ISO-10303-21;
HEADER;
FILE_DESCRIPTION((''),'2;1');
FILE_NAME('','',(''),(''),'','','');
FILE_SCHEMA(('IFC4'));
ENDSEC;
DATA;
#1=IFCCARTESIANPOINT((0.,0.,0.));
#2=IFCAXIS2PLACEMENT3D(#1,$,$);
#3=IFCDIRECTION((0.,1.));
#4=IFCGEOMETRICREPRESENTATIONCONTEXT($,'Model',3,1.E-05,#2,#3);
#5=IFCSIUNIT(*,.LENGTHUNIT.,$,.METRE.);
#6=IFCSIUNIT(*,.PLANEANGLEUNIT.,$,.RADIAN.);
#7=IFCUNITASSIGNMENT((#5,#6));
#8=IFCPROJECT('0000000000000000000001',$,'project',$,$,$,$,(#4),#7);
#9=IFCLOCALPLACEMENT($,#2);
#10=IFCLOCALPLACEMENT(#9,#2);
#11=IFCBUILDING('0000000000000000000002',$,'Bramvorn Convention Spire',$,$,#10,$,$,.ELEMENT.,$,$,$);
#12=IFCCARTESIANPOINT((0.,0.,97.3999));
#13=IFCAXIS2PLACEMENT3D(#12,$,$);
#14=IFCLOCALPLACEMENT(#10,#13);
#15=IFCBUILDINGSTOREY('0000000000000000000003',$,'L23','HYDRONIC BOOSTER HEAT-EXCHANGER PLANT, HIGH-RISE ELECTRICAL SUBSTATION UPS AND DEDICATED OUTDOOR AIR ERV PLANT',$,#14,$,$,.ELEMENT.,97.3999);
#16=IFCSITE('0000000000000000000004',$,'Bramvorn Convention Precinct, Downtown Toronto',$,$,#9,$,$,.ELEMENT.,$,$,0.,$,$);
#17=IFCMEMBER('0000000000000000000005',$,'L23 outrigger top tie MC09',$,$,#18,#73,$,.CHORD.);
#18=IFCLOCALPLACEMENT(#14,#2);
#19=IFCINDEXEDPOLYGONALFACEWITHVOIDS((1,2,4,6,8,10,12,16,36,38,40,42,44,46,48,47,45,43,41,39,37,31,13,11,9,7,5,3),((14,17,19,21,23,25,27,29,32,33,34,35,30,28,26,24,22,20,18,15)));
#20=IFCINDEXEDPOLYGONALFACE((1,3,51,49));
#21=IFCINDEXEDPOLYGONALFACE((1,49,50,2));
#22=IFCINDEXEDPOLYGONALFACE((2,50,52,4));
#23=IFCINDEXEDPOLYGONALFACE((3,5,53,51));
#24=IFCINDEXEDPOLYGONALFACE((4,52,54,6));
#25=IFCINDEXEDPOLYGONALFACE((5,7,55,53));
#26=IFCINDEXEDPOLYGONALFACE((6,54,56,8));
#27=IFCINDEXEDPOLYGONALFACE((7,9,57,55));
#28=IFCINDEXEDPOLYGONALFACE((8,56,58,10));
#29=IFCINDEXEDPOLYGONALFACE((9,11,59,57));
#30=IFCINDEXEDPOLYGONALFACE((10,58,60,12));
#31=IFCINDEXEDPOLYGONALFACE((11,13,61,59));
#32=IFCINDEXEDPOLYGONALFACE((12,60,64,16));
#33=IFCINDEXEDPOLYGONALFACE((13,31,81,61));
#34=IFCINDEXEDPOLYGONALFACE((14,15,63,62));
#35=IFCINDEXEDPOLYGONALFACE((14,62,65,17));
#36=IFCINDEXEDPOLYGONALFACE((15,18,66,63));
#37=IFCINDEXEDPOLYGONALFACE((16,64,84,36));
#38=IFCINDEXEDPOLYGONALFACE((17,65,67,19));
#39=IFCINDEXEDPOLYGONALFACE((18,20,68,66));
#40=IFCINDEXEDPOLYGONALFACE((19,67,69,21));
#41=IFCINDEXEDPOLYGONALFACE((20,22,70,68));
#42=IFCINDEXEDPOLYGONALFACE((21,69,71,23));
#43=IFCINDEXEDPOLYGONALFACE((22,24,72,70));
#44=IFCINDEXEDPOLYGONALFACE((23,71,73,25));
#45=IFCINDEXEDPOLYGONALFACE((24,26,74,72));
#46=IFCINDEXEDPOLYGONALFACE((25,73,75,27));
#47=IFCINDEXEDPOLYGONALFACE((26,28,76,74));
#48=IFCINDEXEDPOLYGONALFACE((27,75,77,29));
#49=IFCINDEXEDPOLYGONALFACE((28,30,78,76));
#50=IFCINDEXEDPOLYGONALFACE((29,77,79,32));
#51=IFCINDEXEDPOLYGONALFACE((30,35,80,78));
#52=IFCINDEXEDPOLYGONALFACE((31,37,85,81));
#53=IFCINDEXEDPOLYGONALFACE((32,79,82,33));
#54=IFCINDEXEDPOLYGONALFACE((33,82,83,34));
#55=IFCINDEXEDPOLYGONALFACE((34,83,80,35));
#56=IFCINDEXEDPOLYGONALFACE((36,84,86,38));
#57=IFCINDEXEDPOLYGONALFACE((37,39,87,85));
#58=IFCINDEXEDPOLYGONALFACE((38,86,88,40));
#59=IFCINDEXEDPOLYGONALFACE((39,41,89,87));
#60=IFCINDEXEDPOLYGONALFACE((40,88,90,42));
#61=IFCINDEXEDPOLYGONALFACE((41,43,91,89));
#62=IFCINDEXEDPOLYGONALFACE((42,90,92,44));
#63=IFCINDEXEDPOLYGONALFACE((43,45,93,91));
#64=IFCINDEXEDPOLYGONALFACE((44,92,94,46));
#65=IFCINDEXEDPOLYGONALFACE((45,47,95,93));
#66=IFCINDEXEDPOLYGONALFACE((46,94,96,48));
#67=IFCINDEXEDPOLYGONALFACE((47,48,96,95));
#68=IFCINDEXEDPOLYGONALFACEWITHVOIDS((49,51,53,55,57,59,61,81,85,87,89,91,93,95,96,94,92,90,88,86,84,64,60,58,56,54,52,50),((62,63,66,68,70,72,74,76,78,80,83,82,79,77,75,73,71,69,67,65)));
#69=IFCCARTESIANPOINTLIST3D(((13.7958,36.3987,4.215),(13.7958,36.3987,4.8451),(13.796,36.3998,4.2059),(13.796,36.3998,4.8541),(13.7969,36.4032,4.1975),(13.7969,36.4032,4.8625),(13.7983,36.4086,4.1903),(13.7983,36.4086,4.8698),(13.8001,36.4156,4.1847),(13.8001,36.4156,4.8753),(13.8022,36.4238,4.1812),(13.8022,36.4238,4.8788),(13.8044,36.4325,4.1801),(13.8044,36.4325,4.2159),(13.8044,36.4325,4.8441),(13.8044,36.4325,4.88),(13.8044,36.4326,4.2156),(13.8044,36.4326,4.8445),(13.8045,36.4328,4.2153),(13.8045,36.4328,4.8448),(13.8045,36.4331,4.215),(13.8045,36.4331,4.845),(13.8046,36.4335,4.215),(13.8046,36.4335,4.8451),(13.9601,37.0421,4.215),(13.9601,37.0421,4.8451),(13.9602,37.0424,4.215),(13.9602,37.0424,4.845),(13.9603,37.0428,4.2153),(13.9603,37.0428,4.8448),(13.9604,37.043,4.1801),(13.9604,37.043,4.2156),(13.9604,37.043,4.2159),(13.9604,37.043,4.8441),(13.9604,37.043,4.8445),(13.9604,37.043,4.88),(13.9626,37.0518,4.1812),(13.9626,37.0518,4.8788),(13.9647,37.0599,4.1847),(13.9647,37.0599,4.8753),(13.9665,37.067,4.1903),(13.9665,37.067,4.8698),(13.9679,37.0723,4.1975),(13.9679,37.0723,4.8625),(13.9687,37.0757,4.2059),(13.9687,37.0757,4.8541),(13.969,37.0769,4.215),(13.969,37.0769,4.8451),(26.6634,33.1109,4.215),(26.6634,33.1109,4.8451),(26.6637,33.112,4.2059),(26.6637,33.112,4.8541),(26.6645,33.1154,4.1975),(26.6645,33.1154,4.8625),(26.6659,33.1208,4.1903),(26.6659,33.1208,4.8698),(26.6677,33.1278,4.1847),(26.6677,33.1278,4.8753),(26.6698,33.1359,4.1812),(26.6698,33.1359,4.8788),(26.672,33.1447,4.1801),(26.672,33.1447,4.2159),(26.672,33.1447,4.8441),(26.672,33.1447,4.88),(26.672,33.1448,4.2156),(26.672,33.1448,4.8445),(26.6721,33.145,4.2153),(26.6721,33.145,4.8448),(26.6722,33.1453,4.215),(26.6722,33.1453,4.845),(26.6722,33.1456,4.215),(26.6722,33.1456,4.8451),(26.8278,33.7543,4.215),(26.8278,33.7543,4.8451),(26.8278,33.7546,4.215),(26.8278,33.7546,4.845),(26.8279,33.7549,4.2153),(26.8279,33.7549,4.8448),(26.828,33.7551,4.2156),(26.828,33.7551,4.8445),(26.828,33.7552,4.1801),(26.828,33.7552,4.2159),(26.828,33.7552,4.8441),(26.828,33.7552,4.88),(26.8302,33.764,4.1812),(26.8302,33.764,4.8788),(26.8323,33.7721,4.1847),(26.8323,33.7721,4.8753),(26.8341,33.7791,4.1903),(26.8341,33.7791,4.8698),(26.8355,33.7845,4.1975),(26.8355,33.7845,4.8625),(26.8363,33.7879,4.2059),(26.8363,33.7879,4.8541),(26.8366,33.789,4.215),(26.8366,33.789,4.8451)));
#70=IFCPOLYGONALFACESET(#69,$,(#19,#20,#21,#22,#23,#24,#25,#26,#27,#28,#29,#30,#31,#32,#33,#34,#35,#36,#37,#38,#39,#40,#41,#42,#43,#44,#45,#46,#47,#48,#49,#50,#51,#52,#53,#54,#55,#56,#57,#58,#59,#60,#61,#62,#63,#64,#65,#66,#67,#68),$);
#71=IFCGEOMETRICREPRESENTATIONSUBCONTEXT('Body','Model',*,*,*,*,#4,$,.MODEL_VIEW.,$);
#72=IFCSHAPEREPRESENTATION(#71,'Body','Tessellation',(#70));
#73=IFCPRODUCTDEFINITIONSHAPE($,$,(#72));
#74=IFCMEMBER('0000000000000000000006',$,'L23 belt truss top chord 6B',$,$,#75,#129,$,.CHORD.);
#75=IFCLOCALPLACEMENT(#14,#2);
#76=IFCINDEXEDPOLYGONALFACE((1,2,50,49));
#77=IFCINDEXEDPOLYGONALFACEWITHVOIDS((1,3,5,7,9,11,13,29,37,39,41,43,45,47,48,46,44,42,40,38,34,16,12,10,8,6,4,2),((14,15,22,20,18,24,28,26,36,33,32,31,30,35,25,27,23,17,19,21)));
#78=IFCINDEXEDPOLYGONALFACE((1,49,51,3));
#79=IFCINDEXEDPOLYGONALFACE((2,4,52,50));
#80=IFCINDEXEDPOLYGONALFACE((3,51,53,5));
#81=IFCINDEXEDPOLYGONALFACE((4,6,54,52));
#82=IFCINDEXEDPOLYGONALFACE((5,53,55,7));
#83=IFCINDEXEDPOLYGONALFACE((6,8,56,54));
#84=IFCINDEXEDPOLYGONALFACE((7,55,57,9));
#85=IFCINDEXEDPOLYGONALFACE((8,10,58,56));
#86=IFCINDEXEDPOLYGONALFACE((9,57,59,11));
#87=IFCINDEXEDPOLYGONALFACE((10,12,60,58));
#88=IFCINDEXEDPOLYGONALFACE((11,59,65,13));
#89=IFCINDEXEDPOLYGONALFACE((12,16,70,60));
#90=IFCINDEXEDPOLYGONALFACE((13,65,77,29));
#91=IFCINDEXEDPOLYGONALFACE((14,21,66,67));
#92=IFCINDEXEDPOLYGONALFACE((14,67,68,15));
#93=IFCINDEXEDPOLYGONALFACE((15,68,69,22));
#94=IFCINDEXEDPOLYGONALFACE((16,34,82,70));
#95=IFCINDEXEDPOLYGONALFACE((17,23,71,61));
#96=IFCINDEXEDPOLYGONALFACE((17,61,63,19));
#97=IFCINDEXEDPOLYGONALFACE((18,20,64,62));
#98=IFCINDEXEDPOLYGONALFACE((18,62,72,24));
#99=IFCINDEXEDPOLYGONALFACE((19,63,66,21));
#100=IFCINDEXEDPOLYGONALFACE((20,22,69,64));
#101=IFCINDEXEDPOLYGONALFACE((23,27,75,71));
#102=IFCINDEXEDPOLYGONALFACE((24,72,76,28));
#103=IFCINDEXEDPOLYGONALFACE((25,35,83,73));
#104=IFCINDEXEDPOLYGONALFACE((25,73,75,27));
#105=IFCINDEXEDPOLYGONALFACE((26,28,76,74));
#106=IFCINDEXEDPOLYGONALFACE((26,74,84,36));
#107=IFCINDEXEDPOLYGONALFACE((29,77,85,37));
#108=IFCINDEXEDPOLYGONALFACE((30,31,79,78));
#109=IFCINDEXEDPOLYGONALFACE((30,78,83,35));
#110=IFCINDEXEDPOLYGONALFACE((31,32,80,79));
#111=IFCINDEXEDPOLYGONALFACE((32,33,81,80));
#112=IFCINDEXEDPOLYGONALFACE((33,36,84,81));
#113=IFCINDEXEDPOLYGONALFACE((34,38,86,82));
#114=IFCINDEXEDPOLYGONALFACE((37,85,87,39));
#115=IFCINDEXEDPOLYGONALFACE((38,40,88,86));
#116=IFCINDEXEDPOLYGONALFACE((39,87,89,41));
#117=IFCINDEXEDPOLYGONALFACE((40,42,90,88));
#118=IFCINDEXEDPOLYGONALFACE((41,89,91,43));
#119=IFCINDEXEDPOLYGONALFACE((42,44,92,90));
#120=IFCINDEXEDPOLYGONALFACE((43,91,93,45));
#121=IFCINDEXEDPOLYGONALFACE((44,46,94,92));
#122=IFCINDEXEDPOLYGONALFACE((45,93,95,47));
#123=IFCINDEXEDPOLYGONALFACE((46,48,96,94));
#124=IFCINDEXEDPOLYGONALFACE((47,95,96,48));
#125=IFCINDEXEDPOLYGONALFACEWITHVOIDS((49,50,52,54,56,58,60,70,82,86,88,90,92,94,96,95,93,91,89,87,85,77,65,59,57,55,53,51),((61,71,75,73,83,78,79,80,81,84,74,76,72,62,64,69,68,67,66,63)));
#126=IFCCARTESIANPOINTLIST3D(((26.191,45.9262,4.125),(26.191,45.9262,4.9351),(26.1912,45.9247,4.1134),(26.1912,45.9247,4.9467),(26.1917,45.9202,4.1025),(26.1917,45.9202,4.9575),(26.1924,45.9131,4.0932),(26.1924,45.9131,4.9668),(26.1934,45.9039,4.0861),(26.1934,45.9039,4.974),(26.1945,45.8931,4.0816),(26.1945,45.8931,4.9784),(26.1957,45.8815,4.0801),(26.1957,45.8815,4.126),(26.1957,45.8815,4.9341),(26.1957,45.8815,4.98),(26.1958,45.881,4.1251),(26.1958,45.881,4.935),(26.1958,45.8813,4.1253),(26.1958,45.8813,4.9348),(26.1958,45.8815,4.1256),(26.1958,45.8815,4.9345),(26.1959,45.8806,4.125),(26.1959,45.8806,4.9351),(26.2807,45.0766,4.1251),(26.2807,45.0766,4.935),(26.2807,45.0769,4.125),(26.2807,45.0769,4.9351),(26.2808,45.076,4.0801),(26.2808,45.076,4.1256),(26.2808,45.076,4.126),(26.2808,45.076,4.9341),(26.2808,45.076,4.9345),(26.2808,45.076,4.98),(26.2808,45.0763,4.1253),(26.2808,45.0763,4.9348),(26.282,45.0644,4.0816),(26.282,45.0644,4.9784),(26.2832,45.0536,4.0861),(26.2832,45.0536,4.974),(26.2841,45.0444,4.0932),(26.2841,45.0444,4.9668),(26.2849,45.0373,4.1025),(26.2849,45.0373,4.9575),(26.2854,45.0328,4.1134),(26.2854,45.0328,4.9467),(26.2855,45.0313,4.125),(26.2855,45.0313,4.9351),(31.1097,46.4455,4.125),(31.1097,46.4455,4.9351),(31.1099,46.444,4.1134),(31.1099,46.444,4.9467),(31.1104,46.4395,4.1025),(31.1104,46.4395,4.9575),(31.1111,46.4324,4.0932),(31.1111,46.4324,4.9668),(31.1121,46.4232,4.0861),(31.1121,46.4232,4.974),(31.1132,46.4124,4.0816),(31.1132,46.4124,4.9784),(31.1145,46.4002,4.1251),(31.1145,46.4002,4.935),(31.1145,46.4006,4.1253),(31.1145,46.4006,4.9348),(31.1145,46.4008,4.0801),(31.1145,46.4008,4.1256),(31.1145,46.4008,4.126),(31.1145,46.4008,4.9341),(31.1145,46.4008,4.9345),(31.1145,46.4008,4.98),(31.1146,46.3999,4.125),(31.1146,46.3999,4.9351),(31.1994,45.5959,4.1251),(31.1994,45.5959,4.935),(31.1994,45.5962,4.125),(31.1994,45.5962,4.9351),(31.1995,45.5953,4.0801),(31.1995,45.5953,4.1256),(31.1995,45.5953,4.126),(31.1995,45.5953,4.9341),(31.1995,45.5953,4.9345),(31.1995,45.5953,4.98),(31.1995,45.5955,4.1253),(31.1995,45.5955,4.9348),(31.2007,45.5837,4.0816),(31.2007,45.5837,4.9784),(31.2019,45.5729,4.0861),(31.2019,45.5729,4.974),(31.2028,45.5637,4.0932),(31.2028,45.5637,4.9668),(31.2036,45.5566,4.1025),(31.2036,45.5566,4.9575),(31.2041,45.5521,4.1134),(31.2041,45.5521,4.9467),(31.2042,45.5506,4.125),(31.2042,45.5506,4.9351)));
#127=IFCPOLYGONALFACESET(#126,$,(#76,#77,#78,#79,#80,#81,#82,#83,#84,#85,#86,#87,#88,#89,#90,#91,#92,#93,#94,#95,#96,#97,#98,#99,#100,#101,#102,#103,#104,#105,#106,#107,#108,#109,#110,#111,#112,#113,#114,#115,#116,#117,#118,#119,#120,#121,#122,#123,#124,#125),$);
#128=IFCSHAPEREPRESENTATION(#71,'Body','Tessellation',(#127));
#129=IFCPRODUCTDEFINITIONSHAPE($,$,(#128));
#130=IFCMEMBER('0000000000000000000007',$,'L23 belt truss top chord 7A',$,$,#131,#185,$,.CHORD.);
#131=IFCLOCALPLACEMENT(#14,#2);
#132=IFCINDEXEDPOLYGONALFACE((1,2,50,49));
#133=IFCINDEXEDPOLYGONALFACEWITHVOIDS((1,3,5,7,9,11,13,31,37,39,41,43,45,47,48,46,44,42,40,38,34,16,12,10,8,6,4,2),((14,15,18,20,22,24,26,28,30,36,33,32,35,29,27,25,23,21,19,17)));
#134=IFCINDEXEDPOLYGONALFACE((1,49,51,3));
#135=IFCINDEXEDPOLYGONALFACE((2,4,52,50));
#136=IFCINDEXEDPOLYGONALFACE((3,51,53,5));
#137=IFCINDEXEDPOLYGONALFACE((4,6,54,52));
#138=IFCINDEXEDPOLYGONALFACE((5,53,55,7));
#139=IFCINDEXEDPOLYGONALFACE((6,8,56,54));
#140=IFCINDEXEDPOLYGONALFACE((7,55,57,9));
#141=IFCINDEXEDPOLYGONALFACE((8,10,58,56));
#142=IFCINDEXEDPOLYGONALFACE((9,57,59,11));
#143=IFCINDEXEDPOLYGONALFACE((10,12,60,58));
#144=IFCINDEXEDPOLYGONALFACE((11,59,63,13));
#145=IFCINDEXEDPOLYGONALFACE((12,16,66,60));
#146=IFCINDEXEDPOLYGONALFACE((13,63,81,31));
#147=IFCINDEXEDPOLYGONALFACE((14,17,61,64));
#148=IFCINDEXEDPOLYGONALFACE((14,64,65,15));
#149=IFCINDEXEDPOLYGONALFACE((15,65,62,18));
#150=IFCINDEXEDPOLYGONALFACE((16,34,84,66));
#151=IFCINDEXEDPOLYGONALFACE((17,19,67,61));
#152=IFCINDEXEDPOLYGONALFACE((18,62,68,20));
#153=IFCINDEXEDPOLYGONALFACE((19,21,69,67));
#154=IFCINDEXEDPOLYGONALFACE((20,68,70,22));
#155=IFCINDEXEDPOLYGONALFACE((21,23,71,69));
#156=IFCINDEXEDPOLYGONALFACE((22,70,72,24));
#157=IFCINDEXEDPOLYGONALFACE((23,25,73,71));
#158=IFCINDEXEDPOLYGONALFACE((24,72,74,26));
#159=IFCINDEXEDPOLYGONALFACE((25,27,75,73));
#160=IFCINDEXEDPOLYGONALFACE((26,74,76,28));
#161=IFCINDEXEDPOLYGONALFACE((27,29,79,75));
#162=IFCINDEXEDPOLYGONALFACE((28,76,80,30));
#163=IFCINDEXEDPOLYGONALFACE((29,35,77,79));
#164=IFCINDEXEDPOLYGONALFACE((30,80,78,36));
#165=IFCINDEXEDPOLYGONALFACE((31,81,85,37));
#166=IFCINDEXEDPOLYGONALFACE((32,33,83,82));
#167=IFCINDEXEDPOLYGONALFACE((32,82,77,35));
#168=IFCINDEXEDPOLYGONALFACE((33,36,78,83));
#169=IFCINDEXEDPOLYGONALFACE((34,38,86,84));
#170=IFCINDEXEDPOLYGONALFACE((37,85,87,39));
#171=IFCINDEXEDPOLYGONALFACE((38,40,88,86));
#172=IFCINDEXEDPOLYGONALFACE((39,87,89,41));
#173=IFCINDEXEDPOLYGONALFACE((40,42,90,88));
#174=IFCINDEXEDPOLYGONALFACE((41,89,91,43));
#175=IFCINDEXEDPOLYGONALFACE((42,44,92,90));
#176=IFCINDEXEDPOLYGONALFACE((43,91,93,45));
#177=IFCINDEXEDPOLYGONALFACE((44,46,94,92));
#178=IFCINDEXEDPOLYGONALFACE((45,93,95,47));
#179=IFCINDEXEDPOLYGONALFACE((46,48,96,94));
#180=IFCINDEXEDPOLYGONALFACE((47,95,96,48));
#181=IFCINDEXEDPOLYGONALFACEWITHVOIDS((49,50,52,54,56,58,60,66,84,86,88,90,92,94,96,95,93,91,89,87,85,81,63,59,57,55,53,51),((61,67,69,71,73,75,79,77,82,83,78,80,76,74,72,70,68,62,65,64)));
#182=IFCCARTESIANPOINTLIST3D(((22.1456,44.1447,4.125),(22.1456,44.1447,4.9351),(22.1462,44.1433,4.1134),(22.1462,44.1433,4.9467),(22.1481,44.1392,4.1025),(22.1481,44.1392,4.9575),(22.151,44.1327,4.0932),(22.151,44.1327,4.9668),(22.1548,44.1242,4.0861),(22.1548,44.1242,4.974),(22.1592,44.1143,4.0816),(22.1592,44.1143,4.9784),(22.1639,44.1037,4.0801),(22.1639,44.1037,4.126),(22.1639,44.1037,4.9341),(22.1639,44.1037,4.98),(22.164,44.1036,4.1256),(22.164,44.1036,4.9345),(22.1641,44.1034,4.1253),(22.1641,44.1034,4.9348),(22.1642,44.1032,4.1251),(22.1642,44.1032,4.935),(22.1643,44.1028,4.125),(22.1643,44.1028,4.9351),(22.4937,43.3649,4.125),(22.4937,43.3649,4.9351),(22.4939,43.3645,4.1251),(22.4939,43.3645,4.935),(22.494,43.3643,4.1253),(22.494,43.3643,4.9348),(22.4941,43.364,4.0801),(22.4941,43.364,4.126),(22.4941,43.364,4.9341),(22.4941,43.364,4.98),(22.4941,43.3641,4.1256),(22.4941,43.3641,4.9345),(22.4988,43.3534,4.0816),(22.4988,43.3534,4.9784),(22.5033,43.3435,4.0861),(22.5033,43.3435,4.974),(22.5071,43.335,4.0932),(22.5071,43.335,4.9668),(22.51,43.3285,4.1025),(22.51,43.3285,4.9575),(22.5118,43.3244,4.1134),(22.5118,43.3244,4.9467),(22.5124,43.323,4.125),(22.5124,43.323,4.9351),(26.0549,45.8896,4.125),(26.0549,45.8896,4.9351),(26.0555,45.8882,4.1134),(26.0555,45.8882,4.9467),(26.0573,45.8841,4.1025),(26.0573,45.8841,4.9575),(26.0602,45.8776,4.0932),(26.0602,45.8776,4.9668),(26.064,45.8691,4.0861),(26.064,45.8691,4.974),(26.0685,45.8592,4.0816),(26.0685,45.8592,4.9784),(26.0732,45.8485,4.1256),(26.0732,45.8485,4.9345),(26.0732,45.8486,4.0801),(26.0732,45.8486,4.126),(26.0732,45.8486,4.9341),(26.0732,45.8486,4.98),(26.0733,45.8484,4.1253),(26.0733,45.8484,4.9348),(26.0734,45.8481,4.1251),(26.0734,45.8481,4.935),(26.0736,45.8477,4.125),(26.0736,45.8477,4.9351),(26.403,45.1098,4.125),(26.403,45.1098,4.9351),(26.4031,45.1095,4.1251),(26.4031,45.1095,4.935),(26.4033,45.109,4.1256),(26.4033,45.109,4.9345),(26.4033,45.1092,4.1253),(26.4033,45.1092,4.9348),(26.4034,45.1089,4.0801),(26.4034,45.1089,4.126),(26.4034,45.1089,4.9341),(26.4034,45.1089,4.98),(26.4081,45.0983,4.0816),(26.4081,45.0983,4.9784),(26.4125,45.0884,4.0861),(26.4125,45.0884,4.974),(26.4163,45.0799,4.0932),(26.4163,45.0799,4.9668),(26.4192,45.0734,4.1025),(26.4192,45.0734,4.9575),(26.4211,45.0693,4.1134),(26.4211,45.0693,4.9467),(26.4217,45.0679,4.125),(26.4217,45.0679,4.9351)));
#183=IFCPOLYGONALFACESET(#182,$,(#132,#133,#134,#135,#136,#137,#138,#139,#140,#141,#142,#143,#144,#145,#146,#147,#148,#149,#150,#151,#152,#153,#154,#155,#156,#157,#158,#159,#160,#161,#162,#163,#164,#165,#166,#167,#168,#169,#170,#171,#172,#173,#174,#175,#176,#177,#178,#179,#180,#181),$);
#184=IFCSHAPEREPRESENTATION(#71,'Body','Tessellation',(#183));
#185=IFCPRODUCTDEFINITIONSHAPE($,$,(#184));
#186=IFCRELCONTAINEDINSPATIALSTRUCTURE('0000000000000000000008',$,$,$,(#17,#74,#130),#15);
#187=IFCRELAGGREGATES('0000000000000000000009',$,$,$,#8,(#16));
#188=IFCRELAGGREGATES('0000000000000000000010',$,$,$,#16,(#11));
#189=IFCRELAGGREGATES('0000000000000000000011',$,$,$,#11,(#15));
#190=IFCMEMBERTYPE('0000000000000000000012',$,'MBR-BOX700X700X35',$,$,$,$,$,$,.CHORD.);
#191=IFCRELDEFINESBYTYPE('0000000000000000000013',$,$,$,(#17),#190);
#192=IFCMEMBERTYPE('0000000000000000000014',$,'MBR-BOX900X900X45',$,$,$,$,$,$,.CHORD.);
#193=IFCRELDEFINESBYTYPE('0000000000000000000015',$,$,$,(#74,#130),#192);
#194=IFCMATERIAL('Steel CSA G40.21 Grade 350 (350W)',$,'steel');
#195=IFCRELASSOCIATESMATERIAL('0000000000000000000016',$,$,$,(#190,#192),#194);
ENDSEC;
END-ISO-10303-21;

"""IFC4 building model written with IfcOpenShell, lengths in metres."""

from ifc_helpers import new_model, si_unit, direction, frame, origin, origin_2d, place, context, subcontext, project, spatial, hollow_rectangle, extrude, material, material_profile, profile_set, type_object, element, save


model = new_model("IFC4")

# Units and contexts
model_context = context("Model", 3, precision=1e-05, world=origin(), true_north=direction((0.0, 1.0)))
body_context = subcontext(model_context, "Body", "Model", "MODEL_VIEW")
ifc_project = project(units=[si_unit("LENGTHUNIT", "METRE"), si_unit("PLANEANGLEUNIT", "RADIAN")], contexts=[model_context])

# Site, building, storey
site_placement = place(None, origin())
site = spatial("IfcSite", under=ifc_project, at=site_placement, Name="Bramvorn Convention Precinct, Downtown Toronto", CompositionType="ELEMENT", RefElevation=0.0)
building_placement = place(site_placement, origin())
building = spatial("IfcBuilding", under=site, at=building_placement, Name="Bramvorn Convention Spire", CompositionType="ELEMENT")
storey_placement = place(building_placement, frame((0.0, 0.0, 97.3999)))
storey = spatial("IfcBuildingStorey", under=building, at=storey_placement, Name="L23", Description="HYDRONIC BOOSTER HEAT-EXCHANGER PLANT, HIGH-RISE ELECTRICAL SUBSTATION UPS AND DEDICATED OUTDOOR AIR ERV PLANT", CompositionType="ELEMENT", Elevation=97.3999)

# Shared definitions
ifc_material_1 = material(Name="Steel CSA G40.21 Grade 350 (350W)", Category="steel")

# Members
ifc_material_profile_1 = material_profile(ifc_material_1, hollow_rectangle(XDim=0.7, YDim=0.7, WallThickness=0.0349, InnerFilletRadius=0.001, OuterFilletRadius=0.0349, at=origin_2d()))
ifc_profile_set_1 = profile_set([ifc_material_profile_1], Name="Steel CSA G40.21 Grade 350 (350W) - BOX700X700X35")
member_type_1 = type_object("IfcMemberType", Name="MBR-BOX700X700X35", PredefinedType="CHORD", material=ifc_profile_set_1)
member_1_placement = place(storey_placement, frame((26.75, 33.45, 4.53), z_axis=(-0.968873, 0.247558, 0.0), x_axis=(-0.247558, -0.968873, 0.0)))
element("IfcMember", 1, at=member_1_placement, inside=storey, type_object=member_type_1, Name="L23 outrigger top tie MC09", PredefinedType="CHORD", context=body_context, shape_type="SweptSolid", body=[
    extrude(hollow_rectangle(XDim=0.7, YDim=0.7, WallThickness=0.0349, InnerFilletRadius=0.001, OuterFilletRadius=0.0349, at=origin_2d()), origin(), (0.0, 0.0, 1.0), 13.281),
])
ifc_material_profile_2 = material_profile(ifc_material_1, hollow_rectangle(XDim=0.8999, YDim=0.8999, WallThickness=0.0449, InnerFilletRadius=0.001, OuterFilletRadius=0.0449, at=origin_2d()))
ifc_profile_set_2 = profile_set([ifc_material_profile_2], Name="Steel CSA G40.21 Grade 350 (350W) - BOX900X900X45")
member_type_2 = type_object("IfcMemberType", Name="MBR-BOX900X900X45", PredefinedType="CHORD", material=ifc_profile_set_2)
member_2_placement = place(storey_placement, frame((31.157, 45.998, 4.53), z_axis=(-0.994473, -0.104991, 0.0), x_axis=(0.104991, -0.994473, 0.0)))
element("IfcMember", 2, at=member_2_placement, inside=storey, type_object=member_type_2, Name="L23 belt truss top chord 6B", PredefinedType="CHORD", context=body_context, shape_type="SweptSolid", body=[
    extrude(hollow_rectangle(XDim=0.8999, YDim=0.8999, WallThickness=0.0449, InnerFilletRadius=0.001, OuterFilletRadius=0.0449, at=origin_2d()), origin(), (0.0, 0.0, 1.0), 4.946),
])
member_3_placement = place(storey_placement, frame((26.2383, 45.4788, 4.53), z_axis=(-0.913164, -0.407593, 0.0), x_axis=(0.407593, -0.913164, 0.0)))
element("IfcMember", 3, at=member_3_placement, inside=storey, type_object=member_type_2, Name="L23 belt truss top chord 7A", PredefinedType="CHORD", context=body_context, shape_type="SweptSolid", body=[
    extrude(hollow_rectangle(XDim=0.8999, YDim=0.8999, WallThickness=0.0449, InnerFilletRadius=0.001, OuterFilletRadius=0.0449, at=origin_2d()), origin(), (0.0, 0.0, 1.0), 4.281),
])

save(model, "model.ifc")
